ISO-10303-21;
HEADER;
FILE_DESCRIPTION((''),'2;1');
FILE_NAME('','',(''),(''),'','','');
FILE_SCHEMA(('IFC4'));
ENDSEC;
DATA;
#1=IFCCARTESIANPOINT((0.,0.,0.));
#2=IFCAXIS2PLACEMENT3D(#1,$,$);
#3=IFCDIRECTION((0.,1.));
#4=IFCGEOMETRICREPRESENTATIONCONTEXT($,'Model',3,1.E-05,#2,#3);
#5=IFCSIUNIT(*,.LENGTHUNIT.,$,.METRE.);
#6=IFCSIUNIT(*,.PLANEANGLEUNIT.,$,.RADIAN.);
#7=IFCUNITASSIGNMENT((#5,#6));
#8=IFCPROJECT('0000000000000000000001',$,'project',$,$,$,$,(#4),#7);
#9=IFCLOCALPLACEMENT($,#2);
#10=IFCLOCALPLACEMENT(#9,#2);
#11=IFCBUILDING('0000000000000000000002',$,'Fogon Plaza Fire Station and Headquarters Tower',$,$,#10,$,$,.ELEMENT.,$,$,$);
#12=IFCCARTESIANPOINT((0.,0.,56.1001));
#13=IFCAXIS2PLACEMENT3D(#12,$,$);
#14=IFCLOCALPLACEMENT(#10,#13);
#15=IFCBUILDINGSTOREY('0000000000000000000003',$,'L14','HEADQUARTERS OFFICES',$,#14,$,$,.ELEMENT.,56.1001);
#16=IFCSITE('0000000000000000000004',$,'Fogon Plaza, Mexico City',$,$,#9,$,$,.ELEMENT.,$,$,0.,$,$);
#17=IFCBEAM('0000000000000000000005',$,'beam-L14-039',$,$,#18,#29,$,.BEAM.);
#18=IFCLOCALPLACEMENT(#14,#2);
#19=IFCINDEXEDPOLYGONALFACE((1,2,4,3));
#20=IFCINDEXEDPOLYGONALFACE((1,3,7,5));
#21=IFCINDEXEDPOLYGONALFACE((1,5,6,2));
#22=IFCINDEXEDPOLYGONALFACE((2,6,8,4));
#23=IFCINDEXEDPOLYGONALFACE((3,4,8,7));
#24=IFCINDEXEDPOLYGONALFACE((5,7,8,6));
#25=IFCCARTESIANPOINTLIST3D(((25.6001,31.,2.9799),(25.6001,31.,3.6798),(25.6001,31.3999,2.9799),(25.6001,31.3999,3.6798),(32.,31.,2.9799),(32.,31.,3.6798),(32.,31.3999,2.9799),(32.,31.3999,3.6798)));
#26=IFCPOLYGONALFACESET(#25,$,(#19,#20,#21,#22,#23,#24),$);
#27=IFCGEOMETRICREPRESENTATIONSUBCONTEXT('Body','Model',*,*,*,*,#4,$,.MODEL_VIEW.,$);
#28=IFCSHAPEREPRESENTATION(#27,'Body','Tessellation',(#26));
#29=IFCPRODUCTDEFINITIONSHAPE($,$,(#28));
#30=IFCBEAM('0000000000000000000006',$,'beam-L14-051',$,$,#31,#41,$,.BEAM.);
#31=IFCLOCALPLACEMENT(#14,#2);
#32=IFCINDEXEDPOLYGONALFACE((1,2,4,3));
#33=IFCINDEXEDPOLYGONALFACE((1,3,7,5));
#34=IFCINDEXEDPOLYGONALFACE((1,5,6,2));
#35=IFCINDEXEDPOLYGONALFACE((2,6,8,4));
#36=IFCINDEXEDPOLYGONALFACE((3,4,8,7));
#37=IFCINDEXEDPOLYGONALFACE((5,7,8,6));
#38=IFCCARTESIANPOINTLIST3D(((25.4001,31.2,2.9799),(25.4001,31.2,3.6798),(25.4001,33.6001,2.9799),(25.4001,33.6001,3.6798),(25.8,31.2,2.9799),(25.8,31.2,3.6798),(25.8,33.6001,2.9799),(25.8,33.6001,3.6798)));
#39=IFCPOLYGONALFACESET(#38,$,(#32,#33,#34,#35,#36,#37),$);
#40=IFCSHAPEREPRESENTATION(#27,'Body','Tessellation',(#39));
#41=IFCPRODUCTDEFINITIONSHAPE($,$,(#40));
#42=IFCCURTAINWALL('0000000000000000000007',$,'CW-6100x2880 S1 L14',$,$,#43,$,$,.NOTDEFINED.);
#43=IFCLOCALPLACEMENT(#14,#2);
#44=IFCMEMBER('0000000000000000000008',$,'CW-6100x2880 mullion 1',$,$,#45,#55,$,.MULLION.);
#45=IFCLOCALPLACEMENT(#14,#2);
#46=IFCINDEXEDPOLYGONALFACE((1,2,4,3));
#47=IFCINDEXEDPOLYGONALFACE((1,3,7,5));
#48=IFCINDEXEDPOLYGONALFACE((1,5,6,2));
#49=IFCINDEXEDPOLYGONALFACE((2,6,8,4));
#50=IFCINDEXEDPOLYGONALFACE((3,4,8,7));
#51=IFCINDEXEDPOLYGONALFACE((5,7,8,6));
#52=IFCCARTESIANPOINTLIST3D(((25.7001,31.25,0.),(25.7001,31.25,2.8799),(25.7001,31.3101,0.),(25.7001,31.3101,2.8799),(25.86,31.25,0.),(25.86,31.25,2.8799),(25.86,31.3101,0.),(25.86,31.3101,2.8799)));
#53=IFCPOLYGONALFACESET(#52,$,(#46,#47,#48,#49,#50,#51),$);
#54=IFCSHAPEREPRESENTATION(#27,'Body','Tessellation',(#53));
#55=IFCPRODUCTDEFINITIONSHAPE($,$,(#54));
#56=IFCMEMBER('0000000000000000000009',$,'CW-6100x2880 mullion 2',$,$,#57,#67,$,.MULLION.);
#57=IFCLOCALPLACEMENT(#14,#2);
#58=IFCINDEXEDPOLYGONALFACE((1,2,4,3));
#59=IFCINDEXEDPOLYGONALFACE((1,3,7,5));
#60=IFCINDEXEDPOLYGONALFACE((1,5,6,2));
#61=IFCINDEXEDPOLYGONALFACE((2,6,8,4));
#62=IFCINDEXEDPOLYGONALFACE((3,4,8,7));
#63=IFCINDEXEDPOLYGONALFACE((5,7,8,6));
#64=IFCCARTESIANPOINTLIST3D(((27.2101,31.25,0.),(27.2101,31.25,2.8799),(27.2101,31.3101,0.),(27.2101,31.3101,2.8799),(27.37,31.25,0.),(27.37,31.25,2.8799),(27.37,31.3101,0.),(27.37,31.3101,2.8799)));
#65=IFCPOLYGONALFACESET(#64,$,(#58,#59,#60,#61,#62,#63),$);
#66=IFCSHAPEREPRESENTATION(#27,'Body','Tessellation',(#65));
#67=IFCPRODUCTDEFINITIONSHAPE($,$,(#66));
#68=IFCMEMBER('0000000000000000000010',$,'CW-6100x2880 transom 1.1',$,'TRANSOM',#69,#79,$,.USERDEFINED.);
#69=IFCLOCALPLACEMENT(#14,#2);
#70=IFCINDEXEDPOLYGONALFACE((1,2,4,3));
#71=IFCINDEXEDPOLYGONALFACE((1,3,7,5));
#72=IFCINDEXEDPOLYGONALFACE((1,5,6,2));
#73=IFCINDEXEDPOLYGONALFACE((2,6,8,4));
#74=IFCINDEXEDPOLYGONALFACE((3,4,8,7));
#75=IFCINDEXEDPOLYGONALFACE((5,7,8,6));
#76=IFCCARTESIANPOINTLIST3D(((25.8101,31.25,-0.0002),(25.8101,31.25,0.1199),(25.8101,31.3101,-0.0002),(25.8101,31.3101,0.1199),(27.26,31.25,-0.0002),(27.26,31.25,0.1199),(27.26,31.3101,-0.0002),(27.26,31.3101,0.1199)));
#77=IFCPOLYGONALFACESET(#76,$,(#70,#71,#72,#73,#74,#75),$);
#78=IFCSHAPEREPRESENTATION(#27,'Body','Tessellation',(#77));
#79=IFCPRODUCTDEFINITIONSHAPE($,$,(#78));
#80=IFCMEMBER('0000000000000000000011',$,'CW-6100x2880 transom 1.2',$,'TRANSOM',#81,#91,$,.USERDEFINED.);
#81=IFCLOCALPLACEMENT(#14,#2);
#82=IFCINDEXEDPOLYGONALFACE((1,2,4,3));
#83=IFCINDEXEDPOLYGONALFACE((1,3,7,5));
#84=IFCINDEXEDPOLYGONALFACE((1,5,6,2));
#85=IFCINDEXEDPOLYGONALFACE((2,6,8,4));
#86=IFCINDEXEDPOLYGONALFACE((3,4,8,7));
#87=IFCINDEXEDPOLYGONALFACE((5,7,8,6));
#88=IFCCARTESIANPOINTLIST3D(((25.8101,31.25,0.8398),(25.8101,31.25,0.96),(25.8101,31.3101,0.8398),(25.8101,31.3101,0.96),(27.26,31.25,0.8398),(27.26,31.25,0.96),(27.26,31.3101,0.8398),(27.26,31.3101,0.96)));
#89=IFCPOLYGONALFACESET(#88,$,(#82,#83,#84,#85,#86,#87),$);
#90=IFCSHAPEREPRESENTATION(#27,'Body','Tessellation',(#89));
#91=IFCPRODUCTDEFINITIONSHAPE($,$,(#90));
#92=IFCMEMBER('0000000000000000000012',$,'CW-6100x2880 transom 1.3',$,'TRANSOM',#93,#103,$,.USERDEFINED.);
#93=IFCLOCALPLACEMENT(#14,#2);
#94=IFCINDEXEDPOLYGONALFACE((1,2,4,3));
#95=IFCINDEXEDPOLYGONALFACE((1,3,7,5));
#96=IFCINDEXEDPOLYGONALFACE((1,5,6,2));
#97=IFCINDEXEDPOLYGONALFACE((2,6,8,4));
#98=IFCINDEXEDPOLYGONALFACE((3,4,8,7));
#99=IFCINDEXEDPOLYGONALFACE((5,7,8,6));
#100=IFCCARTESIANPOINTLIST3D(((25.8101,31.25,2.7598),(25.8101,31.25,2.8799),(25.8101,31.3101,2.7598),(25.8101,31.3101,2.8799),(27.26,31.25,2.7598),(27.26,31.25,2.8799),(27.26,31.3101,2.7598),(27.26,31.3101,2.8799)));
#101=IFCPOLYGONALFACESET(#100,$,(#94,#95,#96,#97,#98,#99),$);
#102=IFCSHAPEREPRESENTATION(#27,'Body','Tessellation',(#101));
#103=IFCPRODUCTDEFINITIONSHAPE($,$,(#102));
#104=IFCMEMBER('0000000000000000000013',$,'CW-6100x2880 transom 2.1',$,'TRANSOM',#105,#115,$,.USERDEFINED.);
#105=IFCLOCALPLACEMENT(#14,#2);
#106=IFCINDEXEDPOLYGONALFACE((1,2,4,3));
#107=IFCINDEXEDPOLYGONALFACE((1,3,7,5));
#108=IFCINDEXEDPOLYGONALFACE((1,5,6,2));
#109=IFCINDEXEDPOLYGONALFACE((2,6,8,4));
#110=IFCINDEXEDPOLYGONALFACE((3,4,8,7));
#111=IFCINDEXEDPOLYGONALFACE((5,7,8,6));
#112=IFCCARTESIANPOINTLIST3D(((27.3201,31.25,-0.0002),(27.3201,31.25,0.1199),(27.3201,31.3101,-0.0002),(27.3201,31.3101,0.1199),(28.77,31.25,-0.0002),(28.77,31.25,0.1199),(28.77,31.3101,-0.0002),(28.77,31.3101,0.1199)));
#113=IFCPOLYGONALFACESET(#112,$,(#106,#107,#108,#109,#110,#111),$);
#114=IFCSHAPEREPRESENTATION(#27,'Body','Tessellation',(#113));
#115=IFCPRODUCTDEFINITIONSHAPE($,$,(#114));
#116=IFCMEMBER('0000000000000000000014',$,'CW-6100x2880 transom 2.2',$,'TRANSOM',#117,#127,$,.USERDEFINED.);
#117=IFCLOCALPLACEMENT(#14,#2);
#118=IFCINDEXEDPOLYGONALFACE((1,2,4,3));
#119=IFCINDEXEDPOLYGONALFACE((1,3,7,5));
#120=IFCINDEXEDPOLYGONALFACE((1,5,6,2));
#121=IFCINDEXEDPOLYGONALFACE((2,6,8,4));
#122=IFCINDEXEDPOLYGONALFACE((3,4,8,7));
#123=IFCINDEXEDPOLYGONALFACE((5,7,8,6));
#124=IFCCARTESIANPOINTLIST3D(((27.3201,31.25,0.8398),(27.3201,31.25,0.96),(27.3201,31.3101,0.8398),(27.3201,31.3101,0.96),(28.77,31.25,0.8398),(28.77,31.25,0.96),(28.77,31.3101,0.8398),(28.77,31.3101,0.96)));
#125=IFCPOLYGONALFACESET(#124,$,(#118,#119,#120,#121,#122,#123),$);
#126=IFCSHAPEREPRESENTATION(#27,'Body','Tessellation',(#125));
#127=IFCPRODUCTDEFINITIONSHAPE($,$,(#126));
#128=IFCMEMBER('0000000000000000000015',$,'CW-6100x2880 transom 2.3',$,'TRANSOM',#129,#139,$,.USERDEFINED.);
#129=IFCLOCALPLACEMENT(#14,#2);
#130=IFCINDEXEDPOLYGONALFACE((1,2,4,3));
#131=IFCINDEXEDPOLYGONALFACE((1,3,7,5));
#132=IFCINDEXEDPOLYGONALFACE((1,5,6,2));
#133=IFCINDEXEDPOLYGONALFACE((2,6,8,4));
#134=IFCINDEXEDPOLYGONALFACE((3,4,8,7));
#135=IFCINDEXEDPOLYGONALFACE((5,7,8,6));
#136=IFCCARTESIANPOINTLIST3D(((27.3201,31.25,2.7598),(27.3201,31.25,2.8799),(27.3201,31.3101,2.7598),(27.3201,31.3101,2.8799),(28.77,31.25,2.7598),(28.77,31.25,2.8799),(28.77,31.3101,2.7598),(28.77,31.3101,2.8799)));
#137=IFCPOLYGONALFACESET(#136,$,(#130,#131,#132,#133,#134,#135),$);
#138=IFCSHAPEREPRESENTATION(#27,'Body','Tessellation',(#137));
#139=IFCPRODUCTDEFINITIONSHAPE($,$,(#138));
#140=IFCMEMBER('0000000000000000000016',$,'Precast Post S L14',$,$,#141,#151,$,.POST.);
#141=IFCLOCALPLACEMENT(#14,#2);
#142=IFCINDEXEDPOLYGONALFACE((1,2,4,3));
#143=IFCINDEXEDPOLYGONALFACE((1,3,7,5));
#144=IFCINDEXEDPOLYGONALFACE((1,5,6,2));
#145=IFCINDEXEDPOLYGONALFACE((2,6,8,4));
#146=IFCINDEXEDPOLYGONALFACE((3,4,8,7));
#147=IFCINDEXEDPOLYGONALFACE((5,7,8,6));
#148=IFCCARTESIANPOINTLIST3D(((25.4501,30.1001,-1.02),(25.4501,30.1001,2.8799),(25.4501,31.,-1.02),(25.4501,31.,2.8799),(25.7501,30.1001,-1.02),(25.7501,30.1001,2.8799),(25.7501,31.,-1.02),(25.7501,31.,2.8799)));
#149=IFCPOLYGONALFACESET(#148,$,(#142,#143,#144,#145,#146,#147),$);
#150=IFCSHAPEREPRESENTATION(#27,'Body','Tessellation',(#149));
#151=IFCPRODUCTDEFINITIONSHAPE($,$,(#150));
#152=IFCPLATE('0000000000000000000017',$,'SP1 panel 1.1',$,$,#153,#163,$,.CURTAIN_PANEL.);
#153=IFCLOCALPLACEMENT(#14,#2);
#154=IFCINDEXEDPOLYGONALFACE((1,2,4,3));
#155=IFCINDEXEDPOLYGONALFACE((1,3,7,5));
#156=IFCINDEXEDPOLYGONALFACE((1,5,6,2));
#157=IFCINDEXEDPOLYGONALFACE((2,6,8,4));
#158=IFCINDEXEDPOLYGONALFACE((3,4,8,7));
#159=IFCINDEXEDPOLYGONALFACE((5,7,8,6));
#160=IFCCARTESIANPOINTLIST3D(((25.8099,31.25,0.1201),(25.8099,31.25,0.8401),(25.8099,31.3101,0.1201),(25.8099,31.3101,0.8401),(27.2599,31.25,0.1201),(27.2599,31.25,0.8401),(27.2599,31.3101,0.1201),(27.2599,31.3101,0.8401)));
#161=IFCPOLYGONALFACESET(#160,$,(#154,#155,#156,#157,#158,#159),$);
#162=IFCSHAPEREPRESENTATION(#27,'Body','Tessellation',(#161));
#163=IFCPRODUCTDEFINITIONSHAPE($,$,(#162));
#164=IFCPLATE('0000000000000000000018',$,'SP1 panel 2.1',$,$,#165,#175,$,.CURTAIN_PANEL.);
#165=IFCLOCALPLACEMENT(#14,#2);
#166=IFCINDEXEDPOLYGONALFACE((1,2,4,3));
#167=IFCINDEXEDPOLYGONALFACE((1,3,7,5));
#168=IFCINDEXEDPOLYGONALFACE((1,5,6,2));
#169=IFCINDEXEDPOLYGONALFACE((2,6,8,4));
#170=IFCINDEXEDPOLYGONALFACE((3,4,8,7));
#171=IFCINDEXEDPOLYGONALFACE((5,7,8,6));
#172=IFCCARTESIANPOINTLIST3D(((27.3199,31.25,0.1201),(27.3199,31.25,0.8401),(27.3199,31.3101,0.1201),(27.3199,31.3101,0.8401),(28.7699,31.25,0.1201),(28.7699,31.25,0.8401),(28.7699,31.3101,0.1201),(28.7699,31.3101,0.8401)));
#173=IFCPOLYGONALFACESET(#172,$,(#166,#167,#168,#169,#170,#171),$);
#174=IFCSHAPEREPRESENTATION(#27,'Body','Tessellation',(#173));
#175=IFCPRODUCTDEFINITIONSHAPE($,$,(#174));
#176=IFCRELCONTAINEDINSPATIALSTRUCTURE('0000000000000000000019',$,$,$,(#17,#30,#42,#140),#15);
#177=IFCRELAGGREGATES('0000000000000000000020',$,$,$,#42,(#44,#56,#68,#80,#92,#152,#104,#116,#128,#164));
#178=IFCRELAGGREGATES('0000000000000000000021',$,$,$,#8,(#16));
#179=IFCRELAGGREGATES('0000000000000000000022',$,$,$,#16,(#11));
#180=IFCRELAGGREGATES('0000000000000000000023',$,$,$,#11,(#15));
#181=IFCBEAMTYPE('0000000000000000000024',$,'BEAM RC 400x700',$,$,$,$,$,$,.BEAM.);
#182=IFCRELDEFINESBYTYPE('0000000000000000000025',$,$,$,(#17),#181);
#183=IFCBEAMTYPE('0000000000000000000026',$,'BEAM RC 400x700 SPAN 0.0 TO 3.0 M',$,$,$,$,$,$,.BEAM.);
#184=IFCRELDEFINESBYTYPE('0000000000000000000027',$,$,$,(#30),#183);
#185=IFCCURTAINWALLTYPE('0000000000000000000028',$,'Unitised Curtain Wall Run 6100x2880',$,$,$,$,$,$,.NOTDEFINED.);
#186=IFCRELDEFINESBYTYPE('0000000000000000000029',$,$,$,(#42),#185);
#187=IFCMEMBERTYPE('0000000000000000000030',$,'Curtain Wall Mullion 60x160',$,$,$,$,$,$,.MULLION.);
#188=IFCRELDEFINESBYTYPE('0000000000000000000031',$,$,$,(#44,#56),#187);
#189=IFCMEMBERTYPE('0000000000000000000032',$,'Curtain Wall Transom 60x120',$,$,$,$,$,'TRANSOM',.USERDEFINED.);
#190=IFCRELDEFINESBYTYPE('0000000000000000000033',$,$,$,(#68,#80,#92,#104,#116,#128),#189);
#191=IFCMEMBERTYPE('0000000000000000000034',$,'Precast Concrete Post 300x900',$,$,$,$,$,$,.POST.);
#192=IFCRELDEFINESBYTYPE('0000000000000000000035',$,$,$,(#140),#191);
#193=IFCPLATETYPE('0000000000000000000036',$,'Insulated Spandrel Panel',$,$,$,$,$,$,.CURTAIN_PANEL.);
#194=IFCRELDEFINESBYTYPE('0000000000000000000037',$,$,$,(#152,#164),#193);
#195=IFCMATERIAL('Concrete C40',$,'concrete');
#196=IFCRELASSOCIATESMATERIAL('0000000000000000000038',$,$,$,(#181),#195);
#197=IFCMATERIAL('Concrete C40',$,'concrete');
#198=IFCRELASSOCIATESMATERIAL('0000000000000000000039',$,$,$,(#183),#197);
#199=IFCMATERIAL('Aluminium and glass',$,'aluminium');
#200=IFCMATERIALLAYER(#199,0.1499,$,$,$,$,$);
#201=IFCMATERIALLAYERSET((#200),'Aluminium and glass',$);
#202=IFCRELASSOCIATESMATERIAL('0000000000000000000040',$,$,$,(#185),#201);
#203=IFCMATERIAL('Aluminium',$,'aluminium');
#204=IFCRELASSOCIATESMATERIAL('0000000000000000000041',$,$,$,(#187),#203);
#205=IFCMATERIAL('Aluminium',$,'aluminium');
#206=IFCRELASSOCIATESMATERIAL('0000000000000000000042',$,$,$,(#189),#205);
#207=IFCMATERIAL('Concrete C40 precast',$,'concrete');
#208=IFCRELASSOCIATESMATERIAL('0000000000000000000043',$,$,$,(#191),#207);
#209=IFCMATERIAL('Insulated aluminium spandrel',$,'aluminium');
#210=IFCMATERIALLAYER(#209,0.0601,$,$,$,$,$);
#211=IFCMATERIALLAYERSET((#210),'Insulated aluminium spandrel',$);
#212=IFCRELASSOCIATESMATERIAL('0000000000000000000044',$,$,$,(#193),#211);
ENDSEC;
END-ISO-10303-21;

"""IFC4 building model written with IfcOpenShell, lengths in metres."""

from ifc_helpers import new_model, si_unit, direction, frame, origin, origin_2d, place, context, subcontext, project, spatial, rectangle, extrude, material, layer, layer_set, material_profile, profile_set, type_object, element, aggregate, save


model = new_model("IFC4")

# Units and contexts
model_context = context("Model", 3, precision=1e-05, world=origin(), true_north=direction((0.0, 1.0)))
body_context = subcontext(model_context, "Body", "Model", "MODEL_VIEW")
ifc_project = project(units=[si_unit("LENGTHUNIT", "METRE"), si_unit("PLANEANGLEUNIT", "RADIAN")], contexts=[model_context])

# Site, building, storey
site_placement = place(None, origin())
site = spatial("IfcSite", under=ifc_project, at=site_placement, Name="Fogon Plaza, Mexico City", CompositionType="ELEMENT", RefElevation=0.0)
building_placement = place(site_placement, origin())
building = spatial("IfcBuilding", under=site, at=building_placement, Name="Fogon Plaza Fire Station and Headquarters Tower", CompositionType="ELEMENT")
storey_placement = place(building_placement, frame((0.0, 0.0, 56.1001)))
storey = spatial("IfcBuildingStorey", under=building, at=storey_placement, Name="L14", Description="HEADQUARTERS OFFICES", CompositionType="ELEMENT", Elevation=56.1001)

# Beams
ifc_material_1 = material(Name="Concrete C40", Category="concrete")
ifc_material_profile_1 = material_profile(ifc_material_1, rectangle(XDim=0.3999, YDim=0.7, at=origin_2d()), Name="RC 400x700")
ifc_profile_set_1 = profile_set([ifc_material_profile_1], Name="Concrete C40")
beam_type_1 = type_object("IfcBeamType", Name="BEAM RC 400x700", PredefinedType="BEAM", material=ifc_profile_set_1)
beam_1_placement = place(storey_placement, frame((25.6001, 31.2, 3.3298), z_axis=(1.0, 0.0, 0.0), x_axis=(0.0, 1.0, 0.0)))
element("IfcBeam", 1, at=beam_1_placement, inside=storey, type_object=beam_type_1, Name="beam-L14-039", PredefinedType="BEAM", context=body_context, shape_type="SweptSolid", body=[
    extrude(rectangle(XDim=0.3999, YDim=0.7, at=origin_2d()), origin(), (0.0, 0.0, 1.0), 6.3999),
])
ifc_material_2 = material(Name="Concrete C40", Category="concrete")
ifc_material_profile_2 = material_profile(ifc_material_2, rectangle(XDim=0.3999, YDim=0.7, at=origin_2d()), Name="RC 400x700")
ifc_profile_set_2 = profile_set([ifc_material_profile_2], Name="Concrete C40")
beam_type_2 = type_object("IfcBeamType", Name="BEAM RC 400x700 SPAN 0.0 TO 3.0 M", PredefinedType="BEAM", material=ifc_profile_set_2)
beam_2_placement = place(storey_placement, frame((25.6001, 31.2, 3.3298), z_axis=(0.0, 1.0, 0.0), x_axis=(-1.0, 0.0, 0.0)))
element("IfcBeam", 2, at=beam_2_placement, inside=storey, type_object=beam_type_2, Name="beam-L14-051", PredefinedType="BEAM", context=body_context, shape_type="SweptSolid", body=[
    extrude(rectangle(XDim=0.3999, YDim=0.7, at=origin_2d()), origin(), (0.0, 0.0, 1.0), 2.4001),
])

# Curtain wall, members
ifc_material_3 = material(Name="Aluminium and glass", Category="aluminium")
ifc_layer_1 = layer(ifc_material_3, 0.1499)
ifc_layer_set_1 = layer_set([ifc_layer_1], Name="Aluminium and glass")
curtain_wall_type = type_object("IfcCurtainWallType", Name="Unitised Curtain Wall Run 6100x2880", PredefinedType="NOTDEFINED", material=ifc_layer_set_1)
curtain_wall_placement = place(storey_placement, origin())
curtain_wall = element("IfcCurtainWall", 3, at=curtain_wall_placement, inside=storey, type_object=curtain_wall_type, Name="CW-6100x2880 S1 L14", PredefinedType="NOTDEFINED")
ifc_material_4 = material(Name="Aluminium", Category="aluminium")
ifc_material_profile_3 = material_profile(ifc_material_4, rectangle(XDim=0.0601, YDim=0.1599, at=origin_2d()), Name="Curtain Wall Mullion 60x160")
ifc_profile_set_3 = profile_set([ifc_material_profile_3], Name="Aluminium")
member_type_1 = type_object("IfcMemberType", Name="Curtain Wall Mullion 60x160", PredefinedType="MULLION", material=ifc_profile_set_3)
member_1_placement = place(storey_placement, frame((25.78, 31.28, 0.0), z_axis=(0.0, 0.0, 1.0), x_axis=(0.0, 1.0, 0.0)))
member_1 = element("IfcMember", 4, at=member_1_placement, type_object=member_type_1, Name="CW-6100x2880 mullion 1", PredefinedType="MULLION", context=body_context, shape_type="SweptSolid", body=[
    extrude(rectangle(XDim=0.0601, YDim=0.1599, at=origin_2d()), origin(), (0.0, 0.0, 1.0), 2.8799),
])
member_2_placement = place(storey_placement, frame((27.29, 31.28, 0.0), z_axis=(0.0, 0.0, 1.0), x_axis=(0.0, 1.0, 0.0)))
member_2 = element("IfcMember", 5, at=member_2_placement, type_object=member_type_1, Name="CW-6100x2880 mullion 2", PredefinedType="MULLION", context=body_context, shape_type="SweptSolid", body=[
    extrude(rectangle(XDim=0.0601, YDim=0.1599, at=origin_2d()), origin(), (0.0, 0.0, 1.0), 2.8799),
])
ifc_material_5 = material(Name="Aluminium", Category="aluminium")
ifc_material_profile_4 = material_profile(ifc_material_5, rectangle(XDim=0.0601, YDim=0.1201, at=origin_2d()), Name="Curtain Wall Transom 60x120")
ifc_profile_set_4 = profile_set([ifc_material_profile_4], Name="Aluminium")
member_type_2 = type_object("IfcMemberType", Name="Curtain Wall Transom 60x120", ElementType="TRANSOM", PredefinedType="USERDEFINED", material=ifc_profile_set_4)
member_3_placement = place(storey_placement, frame((25.8101, 31.28, 0.0598), z_axis=(1.0, 0.0, 0.0), x_axis=(0.0, 1.0, 0.0)))
member_3 = element("IfcMember", 6, at=member_3_placement, type_object=member_type_2, Name="CW-6100x2880 transom 1.1", ObjectType="TRANSOM", PredefinedType="USERDEFINED", context=body_context, shape_type="SweptSolid", body=[
    extrude(rectangle(XDim=0.0601, YDim=0.1201, at=origin_2d()), origin(), (0.0, 0.0, 1.0), 1.45),
])
member_4_placement = place(storey_placement, frame((25.8101, 31.28, 0.8999), z_axis=(1.0, 0.0, 0.0), x_axis=(0.0, 1.0, 0.0)))
member_4 = element("IfcMember", 7, at=member_4_placement, type_object=member_type_2, Name="CW-6100x2880 transom 1.2", ObjectType="TRANSOM", PredefinedType="USERDEFINED", context=body_context, shape_type="SweptSolid", body=[
    extrude(rectangle(XDim=0.0601, YDim=0.1201, at=origin_2d()), origin(), (0.0, 0.0, 1.0), 1.45),
])
member_5_placement = place(storey_placement, frame((25.8101, 31.28, 2.8198), z_axis=(1.0, 0.0, 0.0), x_axis=(0.0, 1.0, 0.0)))
member_5 = element("IfcMember", 8, at=member_5_placement, type_object=member_type_2, Name="CW-6100x2880 transom 1.3", ObjectType="TRANSOM", PredefinedType="USERDEFINED", context=body_context, shape_type="SweptSolid", body=[
    extrude(rectangle(XDim=0.0601, YDim=0.1201, at=origin_2d()), origin(), (0.0, 0.0, 1.0), 1.45),
])
member_6_placement = place(storey_placement, frame((27.3201, 31.28, 0.0598), z_axis=(1.0, 0.0, 0.0), x_axis=(0.0, 1.0, 0.0)))
member_6 = element("IfcMember", 9, at=member_6_placement, type_object=member_type_2, Name="CW-6100x2880 transom 2.1", ObjectType="TRANSOM", PredefinedType="USERDEFINED", context=body_context, shape_type="SweptSolid", body=[
    extrude(rectangle(XDim=0.0601, YDim=0.1201, at=origin_2d()), origin(), (0.0, 0.0, 1.0), 1.45),
])
member_7_placement = place(storey_placement, frame((27.3201, 31.28, 0.8999), z_axis=(1.0, 0.0, 0.0), x_axis=(0.0, 1.0, 0.0)))
member_7 = element("IfcMember", 10, at=member_7_placement, type_object=member_type_2, Name="CW-6100x2880 transom 2.2", ObjectType="TRANSOM", PredefinedType="USERDEFINED", context=body_context, shape_type="SweptSolid", body=[
    extrude(rectangle(XDim=0.0601, YDim=0.1201, at=origin_2d()), origin(), (0.0, 0.0, 1.0), 1.45),
])
member_8_placement = place(storey_placement, frame((27.3201, 31.28, 2.8198), z_axis=(1.0, 0.0, 0.0), x_axis=(0.0, 1.0, 0.0)))
member_8 = element("IfcMember", 11, at=member_8_placement, type_object=member_type_2, Name="CW-6100x2880 transom 2.3", ObjectType="TRANSOM", PredefinedType="USERDEFINED", context=body_context, shape_type="SweptSolid", body=[
    extrude(rectangle(XDim=0.0601, YDim=0.1201, at=origin_2d()), origin(), (0.0, 0.0, 1.0), 1.45),
])

# Member
ifc_material_6 = material(Name="Concrete C40 precast", Category="concrete")
ifc_material_profile_5 = material_profile(ifc_material_6, rectangle(XDim=0.3, YDim=0.8999, at=origin_2d()), Name="Precast Concrete Post 300x900")
ifc_profile_set_5 = profile_set([ifc_material_profile_5], Name="Concrete C40 precast")
member_type_3 = type_object("IfcMemberType", Name="Precast Concrete Post 300x900", PredefinedType="POST", material=ifc_profile_set_5)
member_9_placement = place(storey_placement, frame((25.6001, 30.55, -1.02), z_axis=(0.0, 0.0, 1.0), x_axis=(1.0, 0.0, 0.0)))
element("IfcMember", 12, at=member_9_placement, inside=storey, type_object=member_type_3, Name="Precast Post S L14", PredefinedType="POST", context=body_context, shape_type="SweptSolid", body=[
    extrude(rectangle(XDim=0.3, YDim=0.8999, at=origin_2d()), origin(), (0.0, 0.0, 1.0), 3.8999),
])

# Plates
ifc_material_7 = material(Name="Insulated aluminium spandrel", Category="aluminium")
ifc_layer_2 = layer(ifc_material_7, 0.0601)
ifc_layer_set_2 = layer_set([ifc_layer_2], Name="Insulated aluminium spandrel")
plate_type_1 = type_object("IfcPlateType", Name="Insulated Spandrel Panel", PredefinedType="CURTAIN_PANEL", material=ifc_layer_set_2)
plate_1_placement = place(storey_placement, frame((26.5349, 31.28, 0.1201), z_axis=(0.0, 0.0, 1.0), x_axis=(1.0, 0.0, 0.0)))
plate_1 = element("IfcPlate", 13, at=plate_1_placement, type_object=plate_type_1, Name="SP1 panel 1.1", PredefinedType="CURTAIN_PANEL", context=body_context, shape_type="SweptSolid", body=[
    extrude(rectangle(XDim=1.45, YDim=0.0601, at=origin_2d()), origin(), (0.0, 0.0, 1.0), 0.72),
])
plate_2_placement = place(storey_placement, frame((28.0449, 31.28, 0.1201), z_axis=(0.0, 0.0, 1.0), x_axis=(1.0, 0.0, 0.0)))
plate_2 = element("IfcPlate", 14, at=plate_2_placement, type_object=plate_type_1, Name="SP1 panel 2.1", PredefinedType="CURTAIN_PANEL", context=body_context, shape_type="SweptSolid", body=[
    extrude(rectangle(XDim=1.45, YDim=0.0601, at=origin_2d()), origin(), (0.0, 0.0, 1.0), 0.72),
])
aggregate(curtain_wall, [member_1, member_2, member_3, member_4, member_5, plate_1, member_6, member_7, member_8, plate_2])

save(model, "model.ifc")
